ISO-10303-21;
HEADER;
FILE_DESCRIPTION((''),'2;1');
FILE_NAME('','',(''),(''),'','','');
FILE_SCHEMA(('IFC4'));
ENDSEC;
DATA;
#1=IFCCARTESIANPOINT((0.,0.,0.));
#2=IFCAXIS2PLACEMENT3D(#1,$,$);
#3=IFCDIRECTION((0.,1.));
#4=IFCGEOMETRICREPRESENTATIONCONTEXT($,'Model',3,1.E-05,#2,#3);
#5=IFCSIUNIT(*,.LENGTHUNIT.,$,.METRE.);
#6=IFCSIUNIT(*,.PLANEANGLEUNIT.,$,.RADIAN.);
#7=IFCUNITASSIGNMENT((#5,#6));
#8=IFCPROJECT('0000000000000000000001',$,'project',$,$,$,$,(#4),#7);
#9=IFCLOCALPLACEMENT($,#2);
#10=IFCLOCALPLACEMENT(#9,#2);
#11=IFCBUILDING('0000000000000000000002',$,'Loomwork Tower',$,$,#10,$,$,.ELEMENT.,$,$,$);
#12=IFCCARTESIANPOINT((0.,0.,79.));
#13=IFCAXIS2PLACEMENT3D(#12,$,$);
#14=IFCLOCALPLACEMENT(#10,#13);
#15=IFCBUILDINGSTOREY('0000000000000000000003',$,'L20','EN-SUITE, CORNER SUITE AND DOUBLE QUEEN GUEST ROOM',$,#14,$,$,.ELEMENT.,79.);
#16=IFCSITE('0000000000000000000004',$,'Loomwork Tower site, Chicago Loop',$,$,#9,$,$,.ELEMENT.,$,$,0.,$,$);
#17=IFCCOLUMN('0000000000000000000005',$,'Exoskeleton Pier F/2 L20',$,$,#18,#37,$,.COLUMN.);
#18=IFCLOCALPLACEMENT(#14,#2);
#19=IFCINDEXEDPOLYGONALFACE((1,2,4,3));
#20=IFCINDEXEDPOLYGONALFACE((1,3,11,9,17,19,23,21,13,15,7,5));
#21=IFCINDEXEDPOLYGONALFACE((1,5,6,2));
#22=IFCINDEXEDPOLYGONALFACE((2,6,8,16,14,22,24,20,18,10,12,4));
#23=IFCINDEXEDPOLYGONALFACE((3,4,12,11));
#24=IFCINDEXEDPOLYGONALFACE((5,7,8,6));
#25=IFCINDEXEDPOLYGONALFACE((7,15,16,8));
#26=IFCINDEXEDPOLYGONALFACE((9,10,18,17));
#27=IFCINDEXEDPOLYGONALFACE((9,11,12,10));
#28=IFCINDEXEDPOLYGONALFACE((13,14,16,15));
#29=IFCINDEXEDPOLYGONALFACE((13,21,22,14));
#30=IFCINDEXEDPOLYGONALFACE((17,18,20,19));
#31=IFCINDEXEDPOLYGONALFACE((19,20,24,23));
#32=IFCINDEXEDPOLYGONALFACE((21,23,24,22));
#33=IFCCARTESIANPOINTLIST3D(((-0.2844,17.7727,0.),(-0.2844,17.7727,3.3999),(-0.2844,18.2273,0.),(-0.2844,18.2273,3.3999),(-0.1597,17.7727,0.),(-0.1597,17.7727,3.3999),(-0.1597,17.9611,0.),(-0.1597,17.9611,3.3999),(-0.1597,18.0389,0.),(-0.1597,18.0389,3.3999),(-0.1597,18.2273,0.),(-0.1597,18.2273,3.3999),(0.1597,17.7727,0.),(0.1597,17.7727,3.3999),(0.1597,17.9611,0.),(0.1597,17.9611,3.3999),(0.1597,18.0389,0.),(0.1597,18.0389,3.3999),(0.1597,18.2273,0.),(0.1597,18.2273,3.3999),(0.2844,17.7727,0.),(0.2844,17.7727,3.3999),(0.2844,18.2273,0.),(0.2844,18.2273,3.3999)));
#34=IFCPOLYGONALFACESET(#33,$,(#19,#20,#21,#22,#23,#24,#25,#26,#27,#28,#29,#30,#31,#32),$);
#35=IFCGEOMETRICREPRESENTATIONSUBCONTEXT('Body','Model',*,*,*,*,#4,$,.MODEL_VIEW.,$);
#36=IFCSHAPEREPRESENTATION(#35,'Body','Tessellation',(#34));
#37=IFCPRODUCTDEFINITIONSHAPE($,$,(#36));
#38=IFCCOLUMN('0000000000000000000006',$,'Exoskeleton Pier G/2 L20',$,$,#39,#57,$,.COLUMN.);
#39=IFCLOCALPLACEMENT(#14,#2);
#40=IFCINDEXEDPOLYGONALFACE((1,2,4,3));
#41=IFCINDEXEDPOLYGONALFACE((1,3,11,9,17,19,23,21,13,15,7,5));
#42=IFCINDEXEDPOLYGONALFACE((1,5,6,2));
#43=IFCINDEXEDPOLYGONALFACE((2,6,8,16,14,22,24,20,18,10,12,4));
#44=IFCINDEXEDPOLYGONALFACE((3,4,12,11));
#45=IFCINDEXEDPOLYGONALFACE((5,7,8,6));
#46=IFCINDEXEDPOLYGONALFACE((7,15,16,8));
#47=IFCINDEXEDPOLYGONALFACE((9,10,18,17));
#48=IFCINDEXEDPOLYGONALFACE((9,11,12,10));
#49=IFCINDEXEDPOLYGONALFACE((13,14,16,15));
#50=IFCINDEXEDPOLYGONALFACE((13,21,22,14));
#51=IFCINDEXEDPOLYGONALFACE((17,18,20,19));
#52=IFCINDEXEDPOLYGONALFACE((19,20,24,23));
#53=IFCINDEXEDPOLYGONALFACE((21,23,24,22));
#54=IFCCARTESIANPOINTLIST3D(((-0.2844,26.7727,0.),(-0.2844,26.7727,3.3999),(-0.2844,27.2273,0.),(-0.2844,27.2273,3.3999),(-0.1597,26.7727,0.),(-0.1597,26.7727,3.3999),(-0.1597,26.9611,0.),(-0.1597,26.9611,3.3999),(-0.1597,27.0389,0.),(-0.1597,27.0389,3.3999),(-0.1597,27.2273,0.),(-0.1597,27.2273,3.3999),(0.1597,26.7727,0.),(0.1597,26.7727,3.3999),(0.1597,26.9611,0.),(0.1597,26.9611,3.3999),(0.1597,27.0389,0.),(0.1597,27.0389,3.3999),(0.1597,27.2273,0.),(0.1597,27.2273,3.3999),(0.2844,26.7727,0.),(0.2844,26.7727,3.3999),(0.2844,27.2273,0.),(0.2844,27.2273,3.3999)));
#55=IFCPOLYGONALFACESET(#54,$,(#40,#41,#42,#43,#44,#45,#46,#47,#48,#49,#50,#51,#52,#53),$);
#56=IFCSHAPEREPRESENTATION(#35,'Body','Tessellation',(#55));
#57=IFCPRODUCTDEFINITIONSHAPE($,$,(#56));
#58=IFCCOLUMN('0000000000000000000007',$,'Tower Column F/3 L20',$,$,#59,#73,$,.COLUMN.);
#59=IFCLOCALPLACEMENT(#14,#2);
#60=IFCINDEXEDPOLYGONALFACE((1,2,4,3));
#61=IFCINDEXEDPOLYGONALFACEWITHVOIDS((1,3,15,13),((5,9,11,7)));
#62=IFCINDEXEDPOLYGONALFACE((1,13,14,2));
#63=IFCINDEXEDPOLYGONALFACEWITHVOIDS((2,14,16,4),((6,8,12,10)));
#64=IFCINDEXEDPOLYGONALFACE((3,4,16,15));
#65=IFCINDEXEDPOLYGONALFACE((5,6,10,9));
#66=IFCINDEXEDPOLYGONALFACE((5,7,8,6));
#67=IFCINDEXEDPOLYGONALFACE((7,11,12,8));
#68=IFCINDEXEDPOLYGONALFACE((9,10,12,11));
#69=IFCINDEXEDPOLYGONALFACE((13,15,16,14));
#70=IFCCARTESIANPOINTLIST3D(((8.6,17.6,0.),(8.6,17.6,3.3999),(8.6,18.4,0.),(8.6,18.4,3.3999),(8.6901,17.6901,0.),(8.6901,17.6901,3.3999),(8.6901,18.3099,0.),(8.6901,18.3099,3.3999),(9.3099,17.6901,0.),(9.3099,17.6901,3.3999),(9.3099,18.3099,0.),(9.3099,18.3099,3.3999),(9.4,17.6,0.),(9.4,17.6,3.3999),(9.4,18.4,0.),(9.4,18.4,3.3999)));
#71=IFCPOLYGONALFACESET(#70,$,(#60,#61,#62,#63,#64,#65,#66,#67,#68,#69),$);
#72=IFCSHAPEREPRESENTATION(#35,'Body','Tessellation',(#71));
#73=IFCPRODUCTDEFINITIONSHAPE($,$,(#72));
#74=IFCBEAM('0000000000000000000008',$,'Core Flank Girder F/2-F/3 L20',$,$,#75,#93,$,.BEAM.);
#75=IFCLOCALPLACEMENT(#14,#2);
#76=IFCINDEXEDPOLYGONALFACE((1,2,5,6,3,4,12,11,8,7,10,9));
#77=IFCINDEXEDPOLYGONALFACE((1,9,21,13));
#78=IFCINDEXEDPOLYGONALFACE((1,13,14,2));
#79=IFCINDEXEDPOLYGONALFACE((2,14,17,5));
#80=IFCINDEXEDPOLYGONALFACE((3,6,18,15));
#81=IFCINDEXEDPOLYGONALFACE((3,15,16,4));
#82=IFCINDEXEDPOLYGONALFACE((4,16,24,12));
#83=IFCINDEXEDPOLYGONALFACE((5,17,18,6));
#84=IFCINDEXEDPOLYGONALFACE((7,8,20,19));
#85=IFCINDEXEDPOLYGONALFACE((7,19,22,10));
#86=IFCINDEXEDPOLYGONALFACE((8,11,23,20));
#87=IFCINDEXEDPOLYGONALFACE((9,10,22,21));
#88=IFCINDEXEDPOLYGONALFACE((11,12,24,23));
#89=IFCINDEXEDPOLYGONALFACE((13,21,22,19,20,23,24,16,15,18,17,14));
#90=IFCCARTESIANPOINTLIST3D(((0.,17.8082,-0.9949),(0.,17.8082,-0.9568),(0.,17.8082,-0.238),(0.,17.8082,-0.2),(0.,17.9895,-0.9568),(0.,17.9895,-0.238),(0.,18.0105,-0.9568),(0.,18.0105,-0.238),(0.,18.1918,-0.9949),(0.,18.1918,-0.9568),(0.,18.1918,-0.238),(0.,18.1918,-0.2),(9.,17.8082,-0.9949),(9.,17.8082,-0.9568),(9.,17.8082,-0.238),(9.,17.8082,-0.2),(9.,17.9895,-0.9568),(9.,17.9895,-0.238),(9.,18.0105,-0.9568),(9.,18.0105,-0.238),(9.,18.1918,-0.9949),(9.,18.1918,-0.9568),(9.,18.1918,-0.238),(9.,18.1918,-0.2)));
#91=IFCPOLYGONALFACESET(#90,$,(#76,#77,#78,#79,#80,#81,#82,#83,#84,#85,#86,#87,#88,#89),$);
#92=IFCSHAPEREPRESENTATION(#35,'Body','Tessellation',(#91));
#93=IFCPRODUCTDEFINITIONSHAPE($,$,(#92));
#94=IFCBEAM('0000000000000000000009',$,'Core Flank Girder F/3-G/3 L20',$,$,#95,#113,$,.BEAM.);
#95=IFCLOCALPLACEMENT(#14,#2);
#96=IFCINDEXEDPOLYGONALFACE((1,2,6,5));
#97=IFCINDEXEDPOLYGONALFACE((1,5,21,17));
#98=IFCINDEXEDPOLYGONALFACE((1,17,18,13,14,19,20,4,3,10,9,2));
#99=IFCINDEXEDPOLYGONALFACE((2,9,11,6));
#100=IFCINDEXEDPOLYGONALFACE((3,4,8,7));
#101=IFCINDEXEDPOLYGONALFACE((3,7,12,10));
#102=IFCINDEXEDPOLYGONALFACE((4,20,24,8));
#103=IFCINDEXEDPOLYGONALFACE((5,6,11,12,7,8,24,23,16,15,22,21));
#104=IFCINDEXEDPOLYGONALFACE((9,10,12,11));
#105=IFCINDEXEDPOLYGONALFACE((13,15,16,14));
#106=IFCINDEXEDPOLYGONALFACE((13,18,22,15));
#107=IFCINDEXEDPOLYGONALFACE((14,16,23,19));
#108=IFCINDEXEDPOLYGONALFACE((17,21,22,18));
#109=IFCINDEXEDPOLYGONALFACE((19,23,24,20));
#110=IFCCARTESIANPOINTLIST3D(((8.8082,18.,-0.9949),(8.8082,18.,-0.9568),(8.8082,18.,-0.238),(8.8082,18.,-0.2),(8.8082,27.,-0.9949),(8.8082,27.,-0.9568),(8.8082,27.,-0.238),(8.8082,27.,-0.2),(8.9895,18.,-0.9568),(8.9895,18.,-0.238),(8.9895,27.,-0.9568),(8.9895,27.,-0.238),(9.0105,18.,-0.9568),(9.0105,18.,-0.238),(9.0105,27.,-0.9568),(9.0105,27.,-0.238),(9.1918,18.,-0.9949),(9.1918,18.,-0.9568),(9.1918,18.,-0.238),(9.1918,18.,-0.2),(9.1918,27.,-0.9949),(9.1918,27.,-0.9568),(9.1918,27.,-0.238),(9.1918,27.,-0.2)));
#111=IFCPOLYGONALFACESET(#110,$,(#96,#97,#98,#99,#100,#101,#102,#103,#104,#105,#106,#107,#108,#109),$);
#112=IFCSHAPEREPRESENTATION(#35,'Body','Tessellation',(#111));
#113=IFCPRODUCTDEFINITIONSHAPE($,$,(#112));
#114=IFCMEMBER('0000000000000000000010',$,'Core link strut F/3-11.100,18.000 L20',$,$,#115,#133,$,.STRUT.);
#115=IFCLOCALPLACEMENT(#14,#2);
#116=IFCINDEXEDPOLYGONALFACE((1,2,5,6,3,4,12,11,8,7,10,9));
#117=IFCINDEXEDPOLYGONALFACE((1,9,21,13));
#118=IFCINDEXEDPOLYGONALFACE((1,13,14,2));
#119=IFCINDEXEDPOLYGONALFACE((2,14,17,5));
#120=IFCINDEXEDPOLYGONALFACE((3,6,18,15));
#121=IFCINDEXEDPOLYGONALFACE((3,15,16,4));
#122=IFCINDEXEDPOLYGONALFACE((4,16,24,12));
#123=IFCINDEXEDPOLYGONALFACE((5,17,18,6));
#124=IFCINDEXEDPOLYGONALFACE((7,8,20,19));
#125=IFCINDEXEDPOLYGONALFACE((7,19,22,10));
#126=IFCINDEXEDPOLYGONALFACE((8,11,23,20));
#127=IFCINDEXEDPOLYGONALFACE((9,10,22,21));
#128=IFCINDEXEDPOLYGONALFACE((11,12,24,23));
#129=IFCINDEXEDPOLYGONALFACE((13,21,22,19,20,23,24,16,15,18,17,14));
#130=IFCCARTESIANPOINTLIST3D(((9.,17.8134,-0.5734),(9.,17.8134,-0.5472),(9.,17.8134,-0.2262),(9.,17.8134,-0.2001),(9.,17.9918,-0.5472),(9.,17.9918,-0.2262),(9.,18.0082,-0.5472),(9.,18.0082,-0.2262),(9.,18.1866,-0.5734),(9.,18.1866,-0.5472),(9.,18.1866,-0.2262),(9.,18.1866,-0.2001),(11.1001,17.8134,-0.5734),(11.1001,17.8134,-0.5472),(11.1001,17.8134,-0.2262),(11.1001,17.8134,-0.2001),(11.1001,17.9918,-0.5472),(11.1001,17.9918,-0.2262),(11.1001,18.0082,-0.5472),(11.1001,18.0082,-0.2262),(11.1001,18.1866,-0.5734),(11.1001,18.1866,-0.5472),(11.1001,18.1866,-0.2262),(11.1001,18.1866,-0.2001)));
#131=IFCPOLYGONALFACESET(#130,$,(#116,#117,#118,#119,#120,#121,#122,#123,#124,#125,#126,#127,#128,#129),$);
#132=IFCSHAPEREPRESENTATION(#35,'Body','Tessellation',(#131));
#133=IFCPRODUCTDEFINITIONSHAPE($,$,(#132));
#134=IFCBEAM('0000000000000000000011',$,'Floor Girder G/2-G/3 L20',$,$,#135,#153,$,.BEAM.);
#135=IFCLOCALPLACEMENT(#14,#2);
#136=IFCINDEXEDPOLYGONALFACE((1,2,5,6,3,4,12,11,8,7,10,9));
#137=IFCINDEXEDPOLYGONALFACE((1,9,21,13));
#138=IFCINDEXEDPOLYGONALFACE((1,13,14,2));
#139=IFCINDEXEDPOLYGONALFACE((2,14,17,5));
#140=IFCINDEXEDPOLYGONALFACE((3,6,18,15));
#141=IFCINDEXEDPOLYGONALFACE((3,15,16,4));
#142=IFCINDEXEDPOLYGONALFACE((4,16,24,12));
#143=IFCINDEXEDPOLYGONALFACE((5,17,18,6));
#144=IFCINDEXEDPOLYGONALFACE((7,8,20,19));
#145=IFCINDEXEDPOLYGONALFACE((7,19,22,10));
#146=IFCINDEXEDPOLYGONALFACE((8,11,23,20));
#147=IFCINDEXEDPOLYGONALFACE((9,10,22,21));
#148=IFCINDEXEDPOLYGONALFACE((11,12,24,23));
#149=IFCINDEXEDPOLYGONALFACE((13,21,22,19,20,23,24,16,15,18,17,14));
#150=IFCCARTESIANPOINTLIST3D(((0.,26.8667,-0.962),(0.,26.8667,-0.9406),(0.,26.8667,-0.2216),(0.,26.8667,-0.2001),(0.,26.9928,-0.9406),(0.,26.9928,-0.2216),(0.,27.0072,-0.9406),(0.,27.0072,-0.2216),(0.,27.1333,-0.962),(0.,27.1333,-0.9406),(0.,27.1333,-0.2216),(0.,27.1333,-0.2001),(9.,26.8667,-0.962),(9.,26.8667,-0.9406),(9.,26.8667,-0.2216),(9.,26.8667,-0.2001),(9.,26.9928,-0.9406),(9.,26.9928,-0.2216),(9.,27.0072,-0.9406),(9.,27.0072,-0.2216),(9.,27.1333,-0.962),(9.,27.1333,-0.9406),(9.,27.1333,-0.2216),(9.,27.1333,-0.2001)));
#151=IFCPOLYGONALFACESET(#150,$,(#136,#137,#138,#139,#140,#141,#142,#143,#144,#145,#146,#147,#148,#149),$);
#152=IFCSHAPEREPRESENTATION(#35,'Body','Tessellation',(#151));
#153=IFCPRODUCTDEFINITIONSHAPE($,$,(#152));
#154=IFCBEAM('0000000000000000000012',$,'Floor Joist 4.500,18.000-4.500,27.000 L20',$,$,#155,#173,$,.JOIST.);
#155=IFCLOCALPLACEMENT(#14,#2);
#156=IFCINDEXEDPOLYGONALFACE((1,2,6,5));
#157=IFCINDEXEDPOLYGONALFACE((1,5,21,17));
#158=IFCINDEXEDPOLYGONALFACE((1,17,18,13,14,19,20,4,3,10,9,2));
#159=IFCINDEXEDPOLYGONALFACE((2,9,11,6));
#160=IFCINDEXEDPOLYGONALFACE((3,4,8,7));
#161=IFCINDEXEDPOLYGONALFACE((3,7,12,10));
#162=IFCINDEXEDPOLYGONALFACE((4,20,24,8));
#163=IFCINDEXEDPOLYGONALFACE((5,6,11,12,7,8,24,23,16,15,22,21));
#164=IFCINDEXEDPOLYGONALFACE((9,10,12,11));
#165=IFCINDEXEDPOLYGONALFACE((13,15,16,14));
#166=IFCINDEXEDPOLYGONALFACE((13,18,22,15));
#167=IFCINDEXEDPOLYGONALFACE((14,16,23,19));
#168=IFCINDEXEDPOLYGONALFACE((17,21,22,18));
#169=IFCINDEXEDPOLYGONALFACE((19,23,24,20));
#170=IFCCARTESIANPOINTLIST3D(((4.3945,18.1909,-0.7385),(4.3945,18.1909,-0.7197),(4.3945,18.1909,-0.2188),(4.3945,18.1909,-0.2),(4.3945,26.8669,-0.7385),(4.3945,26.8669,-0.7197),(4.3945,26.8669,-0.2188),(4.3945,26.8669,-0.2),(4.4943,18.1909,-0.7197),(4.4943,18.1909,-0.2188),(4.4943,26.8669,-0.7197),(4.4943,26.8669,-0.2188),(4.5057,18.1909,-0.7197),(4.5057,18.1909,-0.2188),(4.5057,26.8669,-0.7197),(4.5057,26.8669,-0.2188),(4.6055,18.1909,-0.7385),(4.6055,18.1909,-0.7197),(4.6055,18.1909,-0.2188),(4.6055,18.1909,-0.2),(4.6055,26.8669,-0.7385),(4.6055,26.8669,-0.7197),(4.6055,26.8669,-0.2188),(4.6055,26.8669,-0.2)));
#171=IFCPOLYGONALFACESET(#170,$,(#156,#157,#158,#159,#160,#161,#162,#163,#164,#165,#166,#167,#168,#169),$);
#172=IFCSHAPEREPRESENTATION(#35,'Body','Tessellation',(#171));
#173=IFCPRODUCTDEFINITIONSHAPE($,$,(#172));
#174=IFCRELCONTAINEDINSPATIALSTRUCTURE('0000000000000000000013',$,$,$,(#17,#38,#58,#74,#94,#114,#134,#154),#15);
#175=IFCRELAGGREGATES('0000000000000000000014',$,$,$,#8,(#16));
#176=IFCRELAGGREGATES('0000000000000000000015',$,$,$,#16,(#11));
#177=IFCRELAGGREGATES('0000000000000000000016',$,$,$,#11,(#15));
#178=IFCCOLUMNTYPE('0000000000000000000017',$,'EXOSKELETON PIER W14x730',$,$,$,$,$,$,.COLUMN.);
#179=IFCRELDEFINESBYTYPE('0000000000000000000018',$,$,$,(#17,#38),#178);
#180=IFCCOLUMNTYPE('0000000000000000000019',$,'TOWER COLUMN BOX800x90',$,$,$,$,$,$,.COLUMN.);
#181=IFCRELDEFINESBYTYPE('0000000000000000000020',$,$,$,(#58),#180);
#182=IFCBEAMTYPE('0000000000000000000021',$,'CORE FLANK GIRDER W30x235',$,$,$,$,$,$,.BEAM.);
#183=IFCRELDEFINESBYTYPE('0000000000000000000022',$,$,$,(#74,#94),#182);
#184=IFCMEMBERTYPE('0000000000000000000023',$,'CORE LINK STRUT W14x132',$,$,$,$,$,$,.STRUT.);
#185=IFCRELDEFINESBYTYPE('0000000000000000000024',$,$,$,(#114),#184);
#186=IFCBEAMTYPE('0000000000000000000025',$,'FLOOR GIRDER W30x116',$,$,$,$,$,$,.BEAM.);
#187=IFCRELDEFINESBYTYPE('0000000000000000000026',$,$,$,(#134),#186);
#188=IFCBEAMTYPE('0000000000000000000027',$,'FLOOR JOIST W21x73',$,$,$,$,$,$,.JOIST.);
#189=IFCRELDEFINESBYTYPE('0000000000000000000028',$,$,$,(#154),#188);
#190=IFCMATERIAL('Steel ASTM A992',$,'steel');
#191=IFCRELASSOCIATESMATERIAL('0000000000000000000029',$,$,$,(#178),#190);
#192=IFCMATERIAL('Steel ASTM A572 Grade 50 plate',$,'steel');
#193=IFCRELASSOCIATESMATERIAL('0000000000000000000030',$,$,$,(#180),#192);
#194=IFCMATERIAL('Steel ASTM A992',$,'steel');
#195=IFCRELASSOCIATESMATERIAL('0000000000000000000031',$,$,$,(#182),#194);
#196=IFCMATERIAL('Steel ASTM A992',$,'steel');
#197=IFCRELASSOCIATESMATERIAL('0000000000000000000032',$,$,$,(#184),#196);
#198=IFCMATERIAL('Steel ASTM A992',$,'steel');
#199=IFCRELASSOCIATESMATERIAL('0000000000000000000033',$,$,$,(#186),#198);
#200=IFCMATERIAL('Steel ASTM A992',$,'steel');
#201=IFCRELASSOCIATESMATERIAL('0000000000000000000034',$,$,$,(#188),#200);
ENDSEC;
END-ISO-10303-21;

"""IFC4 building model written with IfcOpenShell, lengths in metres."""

from ifc_helpers import new_model, si_unit, direction, frame, origin, origin_2d, place, context, subcontext, project, spatial, hollow_rectangle, i_section, extrude, material, material_profile, profile_set, type_object, element, save


model = new_model("IFC4")

# Units and contexts
model_context = context("Model", 3, precision=1e-05, world=origin(), true_north=direction((0.0, 1.0)))
body_context = subcontext(model_context, "Body", "Model", "MODEL_VIEW")
ifc_project = project(units=[si_unit("LENGTHUNIT", "METRE"), si_unit("PLANEANGLEUNIT", "RADIAN")], contexts=[model_context])

# Site, building, storey
site_placement = place(None, origin())
site = spatial("IfcSite", under=ifc_project, at=site_placement, Name="Loomwork Tower site, Chicago Loop", CompositionType="ELEMENT", RefElevation=0.0)
building_placement = place(site_placement, origin())
building = spatial("IfcBuilding", under=site, at=building_placement, Name="Loomwork Tower", CompositionType="ELEMENT")
storey_placement = place(building_placement, frame((0.0, 0.0, 79.0)))
storey = spatial("IfcBuildingStorey", under=building, at=storey_placement, Name="L20", Description="EN-SUITE, CORNER SUITE AND DOUBLE QUEEN GUEST ROOM", CompositionType="ELEMENT", Elevation=79.0)

# Columns
ifc_material_1 = material(Name="Steel ASTM A992", Category="steel")
ifc_material_profile_1 = material_profile(ifc_material_1, i_section(OverallWidth=0.4546, OverallDepth=0.5688, WebThickness=0.0779, FlangeThickness=0.1248, at=origin_2d()), Name="W14x730")
ifc_profile_set_1 = profile_set([ifc_material_profile_1], Name="Steel ASTM A992")
column_type_1 = type_object("IfcColumnType", Name="EXOSKELETON PIER W14x730", PredefinedType="COLUMN", material=ifc_profile_set_1)
for number, where, z_axis, x_axis, name in (
    (1, (0.0, 18.0, 0.0), (0.0, 0.0, 1.0), (0.0, 1.0, 0.0), "Exoskeleton Pier F/2 L20"),
    (2, (0.0, 27.0, 0.0), (0.0, 0.0, 1.0), (0.0, 1.0, 0.0), "Exoskeleton Pier G/2 L20"),
):
    element("IfcColumn", number, at=place(storey_placement, frame(where, z_axis=z_axis, x_axis=x_axis)), inside=storey, type_object=column_type_1, Name=name, PredefinedType="COLUMN", context=body_context, shape_type="SweptSolid", body=[
        extrude(i_section(OverallWidth=0.4546, OverallDepth=0.5688, WebThickness=0.0779, FlangeThickness=0.1248, at=origin_2d()), origin(), (0.0, 0.0, 1.0), 3.3999),
    ])
ifc_material_2 = material(Name="Steel ASTM A572 Grade 50 plate", Category="steel")
ifc_material_profile_2 = material_profile(ifc_material_2, hollow_rectangle(XDim=0.8, YDim=0.8, WallThickness=0.0901, at=origin_2d()), Name="BOX800x90")
ifc_profile_set_2 = profile_set([ifc_material_profile_2], Name="Steel ASTM A572 Grade 50 plate")
column_type_2 = type_object("IfcColumnType", Name="TOWER COLUMN BOX800x90", PredefinedType="COLUMN", material=ifc_profile_set_2)
column_placement = place(storey_placement, frame((9.0, 18.0, 0.0), z_axis=(0.0, 0.0, 1.0), x_axis=(1.0, 0.0, 0.0)))
element("IfcColumn", 3, at=column_placement, inside=storey, type_object=column_type_2, Name="Tower Column F/3 L20", PredefinedType="COLUMN", context=body_context, shape_type="SweptSolid", body=[
    extrude(hollow_rectangle(XDim=0.8, YDim=0.8, WallThickness=0.0901, at=origin_2d()), origin(), (0.0, 0.0, 1.0), 3.3999),
])

# Beams
ifc_material_3 = material(Name="Steel ASTM A992", Category="steel")
ifc_material_profile_3 = material_profile(ifc_material_3, i_section(OverallWidth=0.3835, OverallDepth=0.7949, WebThickness=0.021, FlangeThickness=0.0381, at=origin_2d()), Name="W30x235")
ifc_profile_set_3 = profile_set([ifc_material_profile_3], Name="Steel ASTM A992")
beam_type_1 = type_object("IfcBeamType", Name="CORE FLANK GIRDER W30x235", PredefinedType="BEAM", material=ifc_profile_set_3)
for number, where, z_axis, x_axis, name in (
    (4, (0.0, 18.0, -0.5974), (1.0, 0.0, 0.0), (0.0, 1.0, 0.0), "Core Flank Girder F/2-F/3 L20"),
    (5, (9.0, 18.0, -0.5974), (0.0, 1.0, 0.0), (-1.0, 0.0, 0.0), "Core Flank Girder F/3-G/3 L20"),
):
    element("IfcBeam", number, at=place(storey_placement, frame(where, z_axis=z_axis, x_axis=x_axis)), inside=storey, type_object=beam_type_1, Name=name, PredefinedType="BEAM", context=body_context, shape_type="SweptSolid", body=[
        extrude(i_section(OverallWidth=0.3835, OverallDepth=0.7949, WebThickness=0.021, FlangeThickness=0.0381, at=origin_2d()), origin(), (0.0, 0.0, 1.0), 9.0),
    ])

# Member
ifc_material_4 = material(Name="Steel ASTM A992", Category="steel")
ifc_material_profile_4 = material_profile(ifc_material_4, i_section(OverallWidth=0.3733, OverallDepth=0.3733, WebThickness=0.0164, FlangeThickness=0.0261, at=origin_2d()), Name="W14x132")
ifc_profile_set_4 = profile_set([ifc_material_profile_4], Name="Steel ASTM A992")
member_type_1 = type_object("IfcMemberType", Name="CORE LINK STRUT W14x132", PredefinedType="STRUT", material=ifc_profile_set_4)
member_1_placement = place(storey_placement, frame((9.0, 18.0, -0.3867), z_axis=(1.0, 0.0, 0.0), x_axis=(0.0, 1.0, 0.0)))
element("IfcMember", 6, at=member_1_placement, inside=storey, type_object=member_type_1, Name="Core link strut F/3-11.100,18.000 L20", PredefinedType="STRUT", context=body_context, shape_type="SweptSolid", body=[
    extrude(i_section(OverallWidth=0.3733, OverallDepth=0.3733, WebThickness=0.0164, FlangeThickness=0.0261, at=origin_2d()), origin(), (0.0, 0.0, 1.0), 2.1001),
])

# Beams
ifc_material_5 = material(Name="Steel ASTM A992", Category="steel")
ifc_material_profile_5 = material_profile(ifc_material_5, i_section(OverallWidth=0.2666, OverallDepth=0.762, WebThickness=0.0144, FlangeThickness=0.0215, at=origin_2d()), Name="W30x116")
ifc_profile_set_5 = profile_set([ifc_material_profile_5], Name="Steel ASTM A992")
beam_type_2 = type_object("IfcBeamType", Name="FLOOR GIRDER W30x116", PredefinedType="BEAM", material=ifc_profile_set_5)
beam_1_placement = place(storey_placement, frame((0.0, 27.0, -0.5811), z_axis=(1.0, 0.0, 0.0), x_axis=(0.0, 1.0, 0.0)))
element("IfcBeam", 7, at=beam_1_placement, inside=storey, type_object=beam_type_2, Name="Floor Girder G/2-G/3 L20", PredefinedType="BEAM", context=body_context, shape_type="SweptSolid", body=[
    extrude(i_section(OverallWidth=0.2666, OverallDepth=0.762, WebThickness=0.0144, FlangeThickness=0.0215, at=origin_2d()), origin(), (0.0, 0.0, 1.0), 9.0),
])
ifc_material_6 = material(Name="Steel ASTM A992", Category="steel")
ifc_material_profile_6 = material_profile(ifc_material_6, i_section(OverallWidth=0.2109, OverallDepth=0.5386, WebThickness=0.0115, FlangeThickness=0.0188, at=origin_2d()), Name="W21x73")
ifc_profile_set_6 = profile_set([ifc_material_profile_6], Name="Steel ASTM A992")
beam_type_3 = type_object("IfcBeamType", Name="FLOOR JOIST W21x73", PredefinedType="JOIST", material=ifc_profile_set_6)
beam_2_placement = place(storey_placement, frame((4.5, 18.1909, -0.4692), z_axis=(0.0, 1.0, 0.0), x_axis=(-1.0, 0.0, 0.0)))
element("IfcBeam", 8, at=beam_2_placement, inside=storey, type_object=beam_type_3, Name="Floor Joist 4.500,18.000-4.500,27.000 L20", PredefinedType="JOIST", context=body_context, shape_type="SweptSolid", body=[
    extrude(i_section(OverallWidth=0.2109, OverallDepth=0.5386, WebThickness=0.0115, FlangeThickness=0.0188, at=origin_2d()), origin(), (0.0, 0.0, 1.0), 8.676),
])

save(model, "model.ifc")
